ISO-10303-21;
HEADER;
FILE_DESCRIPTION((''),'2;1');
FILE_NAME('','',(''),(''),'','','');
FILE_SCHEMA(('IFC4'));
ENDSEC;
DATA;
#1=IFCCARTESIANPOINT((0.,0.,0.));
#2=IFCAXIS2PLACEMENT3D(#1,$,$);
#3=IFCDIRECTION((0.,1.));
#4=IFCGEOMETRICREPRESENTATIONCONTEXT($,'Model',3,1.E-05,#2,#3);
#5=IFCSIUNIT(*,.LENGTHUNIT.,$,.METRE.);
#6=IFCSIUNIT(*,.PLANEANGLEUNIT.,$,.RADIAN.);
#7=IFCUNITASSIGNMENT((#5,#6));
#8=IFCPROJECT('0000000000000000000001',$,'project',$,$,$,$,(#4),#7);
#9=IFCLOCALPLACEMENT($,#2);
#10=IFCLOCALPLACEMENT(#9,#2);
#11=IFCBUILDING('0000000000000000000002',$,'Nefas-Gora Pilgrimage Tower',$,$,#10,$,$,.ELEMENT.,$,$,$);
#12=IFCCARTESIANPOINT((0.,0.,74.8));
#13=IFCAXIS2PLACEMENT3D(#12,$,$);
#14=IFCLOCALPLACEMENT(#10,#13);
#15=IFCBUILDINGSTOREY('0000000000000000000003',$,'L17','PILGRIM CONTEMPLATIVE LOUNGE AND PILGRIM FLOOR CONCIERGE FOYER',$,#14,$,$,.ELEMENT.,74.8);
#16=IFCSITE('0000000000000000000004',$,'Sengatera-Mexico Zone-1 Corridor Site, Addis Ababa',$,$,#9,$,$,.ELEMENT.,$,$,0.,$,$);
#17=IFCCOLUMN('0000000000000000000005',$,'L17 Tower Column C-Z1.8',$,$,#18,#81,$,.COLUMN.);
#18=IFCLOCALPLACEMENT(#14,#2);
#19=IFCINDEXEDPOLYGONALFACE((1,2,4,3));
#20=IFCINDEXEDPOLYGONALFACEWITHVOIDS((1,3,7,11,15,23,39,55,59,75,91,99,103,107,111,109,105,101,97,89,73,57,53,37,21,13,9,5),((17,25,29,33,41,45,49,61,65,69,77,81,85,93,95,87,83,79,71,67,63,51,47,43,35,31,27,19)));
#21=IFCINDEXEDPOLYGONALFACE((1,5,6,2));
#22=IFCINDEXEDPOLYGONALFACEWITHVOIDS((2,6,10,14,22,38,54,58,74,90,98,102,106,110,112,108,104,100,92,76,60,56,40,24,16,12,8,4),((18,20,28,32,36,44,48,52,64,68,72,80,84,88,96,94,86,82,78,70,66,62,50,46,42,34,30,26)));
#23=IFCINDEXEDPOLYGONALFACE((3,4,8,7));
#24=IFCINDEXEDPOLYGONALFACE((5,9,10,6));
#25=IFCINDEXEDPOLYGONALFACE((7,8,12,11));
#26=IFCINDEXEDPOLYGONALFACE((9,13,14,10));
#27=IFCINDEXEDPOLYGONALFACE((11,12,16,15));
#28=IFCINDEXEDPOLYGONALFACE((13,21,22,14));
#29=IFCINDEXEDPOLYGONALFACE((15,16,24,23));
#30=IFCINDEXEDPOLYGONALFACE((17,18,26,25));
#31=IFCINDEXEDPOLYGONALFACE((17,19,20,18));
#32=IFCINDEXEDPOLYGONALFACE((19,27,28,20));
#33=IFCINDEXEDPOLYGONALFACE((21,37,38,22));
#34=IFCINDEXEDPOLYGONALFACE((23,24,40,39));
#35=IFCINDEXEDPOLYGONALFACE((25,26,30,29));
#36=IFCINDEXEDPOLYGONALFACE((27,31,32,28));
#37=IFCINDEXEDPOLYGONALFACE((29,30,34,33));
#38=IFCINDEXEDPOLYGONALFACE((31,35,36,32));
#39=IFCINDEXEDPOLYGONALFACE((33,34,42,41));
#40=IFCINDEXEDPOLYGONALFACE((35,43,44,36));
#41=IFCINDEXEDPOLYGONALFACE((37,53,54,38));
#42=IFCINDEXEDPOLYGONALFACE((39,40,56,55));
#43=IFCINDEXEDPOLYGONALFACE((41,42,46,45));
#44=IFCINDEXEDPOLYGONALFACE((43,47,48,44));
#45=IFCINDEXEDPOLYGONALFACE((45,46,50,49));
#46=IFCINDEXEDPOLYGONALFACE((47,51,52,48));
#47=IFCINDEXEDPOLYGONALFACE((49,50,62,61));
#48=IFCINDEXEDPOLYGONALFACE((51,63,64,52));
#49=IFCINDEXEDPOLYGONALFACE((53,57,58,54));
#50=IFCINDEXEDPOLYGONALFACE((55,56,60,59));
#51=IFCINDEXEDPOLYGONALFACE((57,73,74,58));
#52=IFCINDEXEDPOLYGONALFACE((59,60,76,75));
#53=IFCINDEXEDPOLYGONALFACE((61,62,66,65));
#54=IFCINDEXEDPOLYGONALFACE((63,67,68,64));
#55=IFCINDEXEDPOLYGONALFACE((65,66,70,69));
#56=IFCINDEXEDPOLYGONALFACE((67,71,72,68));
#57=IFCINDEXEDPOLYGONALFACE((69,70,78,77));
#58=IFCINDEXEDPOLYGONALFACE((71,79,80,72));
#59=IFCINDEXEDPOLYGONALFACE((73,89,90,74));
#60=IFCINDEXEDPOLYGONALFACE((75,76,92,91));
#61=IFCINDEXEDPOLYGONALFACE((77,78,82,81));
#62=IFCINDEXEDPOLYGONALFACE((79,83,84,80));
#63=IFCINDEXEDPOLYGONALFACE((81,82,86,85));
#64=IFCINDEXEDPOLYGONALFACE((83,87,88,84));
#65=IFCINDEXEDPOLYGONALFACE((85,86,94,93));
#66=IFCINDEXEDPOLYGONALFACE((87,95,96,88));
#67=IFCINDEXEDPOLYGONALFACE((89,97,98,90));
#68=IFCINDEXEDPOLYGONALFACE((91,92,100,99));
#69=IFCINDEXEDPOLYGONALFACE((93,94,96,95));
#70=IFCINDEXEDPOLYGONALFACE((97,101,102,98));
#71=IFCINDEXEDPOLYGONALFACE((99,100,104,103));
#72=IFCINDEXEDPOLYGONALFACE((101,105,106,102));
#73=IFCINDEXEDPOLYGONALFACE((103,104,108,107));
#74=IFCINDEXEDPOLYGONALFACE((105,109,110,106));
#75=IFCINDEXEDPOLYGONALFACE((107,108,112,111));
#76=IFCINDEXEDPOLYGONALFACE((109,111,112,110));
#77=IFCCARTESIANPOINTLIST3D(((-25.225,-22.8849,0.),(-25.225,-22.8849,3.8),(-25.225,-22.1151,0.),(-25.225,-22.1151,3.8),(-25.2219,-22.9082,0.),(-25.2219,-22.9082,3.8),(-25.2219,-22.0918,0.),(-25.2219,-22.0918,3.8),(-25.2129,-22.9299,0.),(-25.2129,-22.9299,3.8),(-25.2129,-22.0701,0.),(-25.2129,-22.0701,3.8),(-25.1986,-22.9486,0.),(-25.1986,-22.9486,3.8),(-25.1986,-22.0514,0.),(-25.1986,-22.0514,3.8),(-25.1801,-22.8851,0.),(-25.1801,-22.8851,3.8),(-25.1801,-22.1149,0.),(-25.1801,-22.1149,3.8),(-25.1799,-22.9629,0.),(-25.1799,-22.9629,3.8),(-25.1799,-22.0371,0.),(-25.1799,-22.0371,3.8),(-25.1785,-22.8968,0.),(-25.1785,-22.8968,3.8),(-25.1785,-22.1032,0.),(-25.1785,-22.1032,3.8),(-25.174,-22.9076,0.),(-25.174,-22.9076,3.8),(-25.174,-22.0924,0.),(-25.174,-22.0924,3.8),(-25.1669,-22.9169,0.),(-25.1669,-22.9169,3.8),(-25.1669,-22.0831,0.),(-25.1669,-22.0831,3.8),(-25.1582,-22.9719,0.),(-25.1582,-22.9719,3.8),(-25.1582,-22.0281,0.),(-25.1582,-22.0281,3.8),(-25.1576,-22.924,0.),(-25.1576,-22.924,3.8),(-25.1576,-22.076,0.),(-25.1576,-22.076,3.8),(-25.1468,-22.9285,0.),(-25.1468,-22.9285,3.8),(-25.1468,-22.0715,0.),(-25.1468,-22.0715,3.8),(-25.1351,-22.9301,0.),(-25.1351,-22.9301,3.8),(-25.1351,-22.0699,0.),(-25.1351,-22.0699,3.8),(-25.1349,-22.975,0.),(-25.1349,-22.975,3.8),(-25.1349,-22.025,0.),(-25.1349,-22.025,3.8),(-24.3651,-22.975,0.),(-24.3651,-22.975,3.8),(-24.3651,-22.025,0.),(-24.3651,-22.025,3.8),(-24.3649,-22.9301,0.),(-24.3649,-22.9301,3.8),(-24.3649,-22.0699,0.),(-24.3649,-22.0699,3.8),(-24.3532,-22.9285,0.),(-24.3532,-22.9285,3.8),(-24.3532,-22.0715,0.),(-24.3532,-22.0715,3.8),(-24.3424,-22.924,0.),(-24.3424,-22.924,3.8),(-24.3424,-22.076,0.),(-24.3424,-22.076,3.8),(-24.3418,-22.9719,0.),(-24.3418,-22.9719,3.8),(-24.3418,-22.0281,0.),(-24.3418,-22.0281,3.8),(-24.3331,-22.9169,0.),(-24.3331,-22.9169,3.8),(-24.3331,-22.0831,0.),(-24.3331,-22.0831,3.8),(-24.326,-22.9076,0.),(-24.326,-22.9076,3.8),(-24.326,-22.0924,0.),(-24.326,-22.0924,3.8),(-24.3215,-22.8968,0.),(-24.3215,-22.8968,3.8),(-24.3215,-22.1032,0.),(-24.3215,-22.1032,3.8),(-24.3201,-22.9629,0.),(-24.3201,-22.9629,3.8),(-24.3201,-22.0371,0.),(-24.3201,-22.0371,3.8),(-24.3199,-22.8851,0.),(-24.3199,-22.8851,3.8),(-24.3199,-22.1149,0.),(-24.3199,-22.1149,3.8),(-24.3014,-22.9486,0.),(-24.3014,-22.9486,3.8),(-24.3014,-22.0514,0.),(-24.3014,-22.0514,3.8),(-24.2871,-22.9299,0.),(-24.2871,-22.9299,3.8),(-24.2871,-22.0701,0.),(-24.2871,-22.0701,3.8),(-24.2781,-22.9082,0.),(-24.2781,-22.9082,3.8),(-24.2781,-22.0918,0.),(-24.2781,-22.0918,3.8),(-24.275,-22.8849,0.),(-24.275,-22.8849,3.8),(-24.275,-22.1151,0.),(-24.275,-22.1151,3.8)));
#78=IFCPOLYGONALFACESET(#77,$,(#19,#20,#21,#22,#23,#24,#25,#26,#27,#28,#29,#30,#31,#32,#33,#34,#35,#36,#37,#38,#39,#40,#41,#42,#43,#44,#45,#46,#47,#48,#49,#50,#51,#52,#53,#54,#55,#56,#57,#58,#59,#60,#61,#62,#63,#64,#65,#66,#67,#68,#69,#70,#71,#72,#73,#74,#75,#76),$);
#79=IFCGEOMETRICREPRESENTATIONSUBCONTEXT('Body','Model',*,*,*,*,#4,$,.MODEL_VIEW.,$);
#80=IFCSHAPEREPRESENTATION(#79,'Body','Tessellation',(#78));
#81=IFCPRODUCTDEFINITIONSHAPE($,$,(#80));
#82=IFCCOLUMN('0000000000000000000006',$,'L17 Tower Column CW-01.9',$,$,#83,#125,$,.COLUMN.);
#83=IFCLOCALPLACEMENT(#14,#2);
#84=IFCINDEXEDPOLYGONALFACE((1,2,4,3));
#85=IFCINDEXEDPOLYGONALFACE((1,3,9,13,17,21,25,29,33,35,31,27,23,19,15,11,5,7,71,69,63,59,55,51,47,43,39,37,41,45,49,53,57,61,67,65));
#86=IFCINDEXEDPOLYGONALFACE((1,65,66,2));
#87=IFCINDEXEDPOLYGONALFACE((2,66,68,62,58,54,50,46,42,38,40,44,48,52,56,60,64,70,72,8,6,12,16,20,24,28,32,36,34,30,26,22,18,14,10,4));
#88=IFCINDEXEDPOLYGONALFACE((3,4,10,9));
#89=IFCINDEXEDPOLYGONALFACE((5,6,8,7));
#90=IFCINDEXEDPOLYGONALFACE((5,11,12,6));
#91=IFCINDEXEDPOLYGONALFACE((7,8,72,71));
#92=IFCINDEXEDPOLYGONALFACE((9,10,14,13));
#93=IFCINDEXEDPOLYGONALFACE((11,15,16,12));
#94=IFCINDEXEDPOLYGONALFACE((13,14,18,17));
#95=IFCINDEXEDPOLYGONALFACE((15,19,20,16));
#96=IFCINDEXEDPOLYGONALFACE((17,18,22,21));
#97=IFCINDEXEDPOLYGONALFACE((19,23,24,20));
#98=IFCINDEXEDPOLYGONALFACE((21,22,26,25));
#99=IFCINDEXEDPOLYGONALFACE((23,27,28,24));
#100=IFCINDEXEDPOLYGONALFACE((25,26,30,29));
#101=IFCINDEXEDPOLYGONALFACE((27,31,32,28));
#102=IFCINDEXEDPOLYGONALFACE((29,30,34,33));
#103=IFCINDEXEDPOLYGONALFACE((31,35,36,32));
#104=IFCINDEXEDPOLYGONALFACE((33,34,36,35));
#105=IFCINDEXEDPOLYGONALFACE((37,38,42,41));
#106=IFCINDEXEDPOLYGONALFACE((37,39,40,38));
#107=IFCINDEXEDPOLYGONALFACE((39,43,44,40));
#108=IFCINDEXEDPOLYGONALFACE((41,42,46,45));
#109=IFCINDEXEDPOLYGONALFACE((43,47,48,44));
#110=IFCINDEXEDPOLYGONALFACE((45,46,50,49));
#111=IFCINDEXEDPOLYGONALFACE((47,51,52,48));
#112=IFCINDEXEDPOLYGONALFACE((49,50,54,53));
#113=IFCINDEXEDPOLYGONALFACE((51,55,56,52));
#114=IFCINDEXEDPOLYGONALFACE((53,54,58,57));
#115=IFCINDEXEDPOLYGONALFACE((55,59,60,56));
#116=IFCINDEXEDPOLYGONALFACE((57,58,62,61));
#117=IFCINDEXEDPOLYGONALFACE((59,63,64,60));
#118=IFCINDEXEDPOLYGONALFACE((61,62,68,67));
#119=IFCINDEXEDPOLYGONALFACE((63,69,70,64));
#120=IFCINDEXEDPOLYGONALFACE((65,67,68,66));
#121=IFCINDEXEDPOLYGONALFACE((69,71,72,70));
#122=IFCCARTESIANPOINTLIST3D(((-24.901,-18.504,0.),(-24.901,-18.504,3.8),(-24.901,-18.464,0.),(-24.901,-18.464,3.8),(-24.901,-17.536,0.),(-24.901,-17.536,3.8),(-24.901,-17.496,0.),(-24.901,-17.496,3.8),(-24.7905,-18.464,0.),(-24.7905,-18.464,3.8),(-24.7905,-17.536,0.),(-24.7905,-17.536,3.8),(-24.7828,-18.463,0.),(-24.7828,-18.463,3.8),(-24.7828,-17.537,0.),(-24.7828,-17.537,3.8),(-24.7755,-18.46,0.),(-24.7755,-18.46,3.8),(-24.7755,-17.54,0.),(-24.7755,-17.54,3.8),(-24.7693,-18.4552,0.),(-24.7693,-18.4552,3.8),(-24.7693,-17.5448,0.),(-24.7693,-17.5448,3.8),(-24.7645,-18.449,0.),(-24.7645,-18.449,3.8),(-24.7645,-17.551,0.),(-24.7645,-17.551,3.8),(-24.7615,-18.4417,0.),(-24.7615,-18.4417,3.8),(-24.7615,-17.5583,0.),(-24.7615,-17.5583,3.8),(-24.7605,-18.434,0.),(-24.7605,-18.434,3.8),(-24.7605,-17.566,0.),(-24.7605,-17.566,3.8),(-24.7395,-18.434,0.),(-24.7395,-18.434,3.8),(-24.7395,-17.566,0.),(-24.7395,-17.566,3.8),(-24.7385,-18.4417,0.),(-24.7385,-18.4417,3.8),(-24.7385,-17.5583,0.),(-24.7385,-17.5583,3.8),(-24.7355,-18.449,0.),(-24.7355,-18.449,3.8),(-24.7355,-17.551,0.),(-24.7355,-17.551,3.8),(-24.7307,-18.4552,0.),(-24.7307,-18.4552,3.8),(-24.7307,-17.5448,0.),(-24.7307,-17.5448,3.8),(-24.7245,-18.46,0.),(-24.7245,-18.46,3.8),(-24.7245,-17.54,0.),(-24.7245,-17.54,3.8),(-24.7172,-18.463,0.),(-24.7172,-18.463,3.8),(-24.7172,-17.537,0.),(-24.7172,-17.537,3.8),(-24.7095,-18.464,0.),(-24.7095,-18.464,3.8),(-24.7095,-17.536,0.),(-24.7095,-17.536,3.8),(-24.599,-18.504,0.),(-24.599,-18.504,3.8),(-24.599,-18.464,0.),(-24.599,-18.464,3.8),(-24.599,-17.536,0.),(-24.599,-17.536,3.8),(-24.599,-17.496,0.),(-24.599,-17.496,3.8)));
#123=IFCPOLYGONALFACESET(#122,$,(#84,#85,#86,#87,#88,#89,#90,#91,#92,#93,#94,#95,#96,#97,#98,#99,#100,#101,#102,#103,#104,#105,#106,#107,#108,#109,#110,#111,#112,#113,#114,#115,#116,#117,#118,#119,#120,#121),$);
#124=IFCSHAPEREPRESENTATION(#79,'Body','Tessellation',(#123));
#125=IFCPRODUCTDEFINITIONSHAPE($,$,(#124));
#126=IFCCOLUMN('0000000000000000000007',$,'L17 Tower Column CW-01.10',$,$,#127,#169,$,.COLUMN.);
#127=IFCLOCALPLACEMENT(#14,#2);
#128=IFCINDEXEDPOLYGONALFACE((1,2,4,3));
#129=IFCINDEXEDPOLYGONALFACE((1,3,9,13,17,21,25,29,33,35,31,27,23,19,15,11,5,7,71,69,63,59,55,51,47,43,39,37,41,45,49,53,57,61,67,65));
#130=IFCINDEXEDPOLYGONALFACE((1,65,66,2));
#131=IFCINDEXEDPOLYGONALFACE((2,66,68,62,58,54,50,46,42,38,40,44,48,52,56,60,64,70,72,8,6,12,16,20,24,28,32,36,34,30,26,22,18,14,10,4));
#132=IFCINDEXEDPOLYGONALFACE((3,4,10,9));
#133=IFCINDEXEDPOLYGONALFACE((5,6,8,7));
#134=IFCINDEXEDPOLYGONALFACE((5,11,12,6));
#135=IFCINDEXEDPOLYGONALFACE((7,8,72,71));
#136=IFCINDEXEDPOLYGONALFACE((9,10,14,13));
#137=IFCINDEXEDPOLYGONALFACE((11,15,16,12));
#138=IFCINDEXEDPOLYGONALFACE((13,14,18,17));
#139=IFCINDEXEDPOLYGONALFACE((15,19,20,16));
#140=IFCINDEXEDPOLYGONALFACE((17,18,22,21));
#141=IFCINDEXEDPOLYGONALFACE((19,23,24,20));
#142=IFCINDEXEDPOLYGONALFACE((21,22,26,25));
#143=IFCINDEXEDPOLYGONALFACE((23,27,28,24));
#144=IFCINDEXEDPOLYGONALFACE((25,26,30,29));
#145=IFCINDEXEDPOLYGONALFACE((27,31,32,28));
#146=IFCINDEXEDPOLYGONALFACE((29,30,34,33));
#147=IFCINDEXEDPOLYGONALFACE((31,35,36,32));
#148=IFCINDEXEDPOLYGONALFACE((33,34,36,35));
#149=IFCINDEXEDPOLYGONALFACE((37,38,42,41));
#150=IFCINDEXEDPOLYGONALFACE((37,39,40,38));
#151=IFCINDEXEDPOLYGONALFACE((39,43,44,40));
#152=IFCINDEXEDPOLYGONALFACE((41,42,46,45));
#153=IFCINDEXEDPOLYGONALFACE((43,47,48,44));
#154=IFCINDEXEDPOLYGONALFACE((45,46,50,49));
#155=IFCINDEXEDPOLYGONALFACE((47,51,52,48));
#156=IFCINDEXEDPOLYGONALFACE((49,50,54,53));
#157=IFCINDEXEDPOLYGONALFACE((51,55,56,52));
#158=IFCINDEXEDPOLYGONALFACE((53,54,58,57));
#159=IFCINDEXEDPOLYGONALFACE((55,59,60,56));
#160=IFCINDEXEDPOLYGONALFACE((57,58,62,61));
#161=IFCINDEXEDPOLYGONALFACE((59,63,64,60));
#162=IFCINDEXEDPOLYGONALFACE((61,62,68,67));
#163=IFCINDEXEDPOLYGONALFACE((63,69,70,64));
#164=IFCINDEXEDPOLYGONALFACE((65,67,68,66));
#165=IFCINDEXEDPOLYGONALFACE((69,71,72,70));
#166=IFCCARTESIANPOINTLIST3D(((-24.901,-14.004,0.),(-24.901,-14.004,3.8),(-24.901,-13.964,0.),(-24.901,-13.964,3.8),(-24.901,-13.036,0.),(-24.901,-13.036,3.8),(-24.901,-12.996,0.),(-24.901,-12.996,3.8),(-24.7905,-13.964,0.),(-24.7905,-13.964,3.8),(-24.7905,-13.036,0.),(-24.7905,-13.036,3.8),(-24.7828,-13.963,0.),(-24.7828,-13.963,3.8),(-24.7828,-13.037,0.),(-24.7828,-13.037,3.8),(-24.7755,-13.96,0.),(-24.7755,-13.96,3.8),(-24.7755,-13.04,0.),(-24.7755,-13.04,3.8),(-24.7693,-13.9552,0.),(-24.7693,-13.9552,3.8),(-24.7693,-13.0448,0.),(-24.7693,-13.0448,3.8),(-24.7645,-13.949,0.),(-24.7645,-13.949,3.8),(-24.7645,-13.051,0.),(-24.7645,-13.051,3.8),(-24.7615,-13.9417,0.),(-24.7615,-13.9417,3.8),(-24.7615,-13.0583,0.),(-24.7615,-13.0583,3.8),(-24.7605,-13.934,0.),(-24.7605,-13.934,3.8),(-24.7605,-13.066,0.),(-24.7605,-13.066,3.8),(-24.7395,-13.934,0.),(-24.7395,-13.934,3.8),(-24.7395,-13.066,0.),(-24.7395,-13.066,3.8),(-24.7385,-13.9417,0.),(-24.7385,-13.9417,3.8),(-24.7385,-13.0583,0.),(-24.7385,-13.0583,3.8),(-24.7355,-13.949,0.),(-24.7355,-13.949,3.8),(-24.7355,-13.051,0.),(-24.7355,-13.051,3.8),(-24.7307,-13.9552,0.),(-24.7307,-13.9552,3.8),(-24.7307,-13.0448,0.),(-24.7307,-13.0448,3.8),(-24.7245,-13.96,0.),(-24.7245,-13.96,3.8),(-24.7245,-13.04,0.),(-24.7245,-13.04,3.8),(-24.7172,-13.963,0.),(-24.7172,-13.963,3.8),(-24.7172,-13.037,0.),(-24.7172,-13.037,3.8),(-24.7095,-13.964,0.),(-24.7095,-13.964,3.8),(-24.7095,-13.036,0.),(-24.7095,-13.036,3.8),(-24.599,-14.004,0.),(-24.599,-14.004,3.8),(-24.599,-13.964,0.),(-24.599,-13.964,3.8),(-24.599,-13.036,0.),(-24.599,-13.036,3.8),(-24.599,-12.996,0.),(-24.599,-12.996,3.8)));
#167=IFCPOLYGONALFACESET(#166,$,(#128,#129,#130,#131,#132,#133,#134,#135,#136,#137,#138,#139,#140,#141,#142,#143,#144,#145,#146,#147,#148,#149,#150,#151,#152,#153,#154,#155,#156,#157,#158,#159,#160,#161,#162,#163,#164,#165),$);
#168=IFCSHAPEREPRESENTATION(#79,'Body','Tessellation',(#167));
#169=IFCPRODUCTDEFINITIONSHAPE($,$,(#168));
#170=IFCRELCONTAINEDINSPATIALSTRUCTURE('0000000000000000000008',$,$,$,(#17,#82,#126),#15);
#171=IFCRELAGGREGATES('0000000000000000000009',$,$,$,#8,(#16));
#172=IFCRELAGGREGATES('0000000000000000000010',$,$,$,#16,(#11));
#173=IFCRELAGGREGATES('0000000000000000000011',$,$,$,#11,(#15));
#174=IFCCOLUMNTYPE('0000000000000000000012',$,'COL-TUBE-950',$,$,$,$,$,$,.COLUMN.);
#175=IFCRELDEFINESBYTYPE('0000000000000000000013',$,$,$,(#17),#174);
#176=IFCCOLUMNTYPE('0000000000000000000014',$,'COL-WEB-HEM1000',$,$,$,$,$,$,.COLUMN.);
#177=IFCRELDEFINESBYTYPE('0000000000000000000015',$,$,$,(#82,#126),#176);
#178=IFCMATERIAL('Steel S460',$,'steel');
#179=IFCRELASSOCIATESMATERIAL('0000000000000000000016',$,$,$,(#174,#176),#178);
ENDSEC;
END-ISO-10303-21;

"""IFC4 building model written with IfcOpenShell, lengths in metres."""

from ifc_helpers import new_model, si_unit, direction, frame, origin, origin_2d, place, context, subcontext, project, spatial, hollow_rectangle, i_section, extrude, source, transform, mapped, material, material_profile, profile_set, type_object, element, save


model = new_model("IFC4")

# Units and contexts
model_context = context("Model", 3, precision=1e-05, world=origin(), true_north=direction((0.0, 1.0)))
body_context = subcontext(model_context, "Body", "Model", "MODEL_VIEW")
ifc_project = project(units=[si_unit("LENGTHUNIT", "METRE"), si_unit("PLANEANGLEUNIT", "RADIAN")], contexts=[model_context])

# Site, building, storey
site_placement = place(None, origin())
site = spatial("IfcSite", under=ifc_project, at=site_placement, Name="Sengatera-Mexico Zone-1 Corridor Site, Addis Ababa", CompositionType="ELEMENT", RefElevation=0.0)
building_placement = place(site_placement, origin())
building = spatial("IfcBuilding", under=site, at=building_placement, Name="Nefas-Gora Pilgrimage Tower", CompositionType="ELEMENT")
storey_placement = place(building_placement, frame((0.0, 0.0, 74.8)))
storey = spatial("IfcBuildingStorey", under=building, at=storey_placement, Name="L17", Description="PILGRIM CONTEMPLATIVE LOUNGE AND PILGRIM FLOOR CONCIERGE FOYER", CompositionType="ELEMENT", Elevation=74.8)

# Columns
ifc_material_1 = material(Name="Steel S460", Category="steel")
ifc_material_profile_1 = material_profile(ifc_material_1, hollow_rectangle(XDim=0.95, YDim=0.95, WallThickness=0.0449, InnerFilletRadius=0.0449, OuterFilletRadius=0.0901, at=origin_2d()), Name="BOX 950x950x45")
ifc_profile_set_1 = profile_set([ifc_material_profile_1], Name="Steel S460")
column_type_1 = type_object("IfcColumnType", Name="COL-TUBE-950", PredefinedType="COLUMN", material=ifc_profile_set_1)
shared_shape_1 = source(origin(), body_context, "Body", "SweptSolid", [
    extrude(hollow_rectangle(XDim=0.95, YDim=0.95, WallThickness=0.0449, InnerFilletRadius=0.0449, OuterFilletRadius=0.0901, at=origin_2d()), origin(), (0.0, 0.0, 1.0), 3.8),
])
for number, where, z_axis, x_axis, name in (
    (1, (-24.75, -22.5, 0.0), (0.0, 0.0, 1.0), (1.0, 0.0, 0.0), "L17 Tower Column C-Z1.8"),
):
    element("IfcColumn", number, at=place(storey_placement, frame(where, z_axis=z_axis, x_axis=x_axis)), inside=storey, type_object=column_type_1, Name=name, PredefinedType="COLUMN", context=body_context, shape_type="MappedRepresentation", body=[
        mapped(shared_shape_1, transform((0.0, 0.0, 0.0), x_axis=(1.0, 0.0, 0.0), y_axis=(0.0, 1.0, 0.0), z_axis=(0.0, 0.0, 1.0), scale=1.0)),
    ])
ifc_material_profile_2 = material_profile(ifc_material_1, i_section(OverallWidth=0.302, OverallDepth=1.0081, WebThickness=0.021, FlangeThickness=0.04, FilletRadius=0.03, at=origin_2d()), Name="HEM 1000")
ifc_profile_set_2 = profile_set([ifc_material_profile_2], Name="Steel S460")
column_type_2 = type_object("IfcColumnType", Name="COL-WEB-HEM1000", PredefinedType="COLUMN", material=ifc_profile_set_2)
shared_shape_2 = source(origin(), body_context, "Body", "SweptSolid", [
    extrude(i_section(OverallWidth=0.302, OverallDepth=1.0081, WebThickness=0.021, FlangeThickness=0.04, FilletRadius=0.03, at=origin_2d()), origin(), (0.0, 0.0, 1.0), 3.8),
])
for number, where, z_axis, x_axis, name in (
    (2, (-24.75, -18.0, 0.0), (0.0, 0.0, 1.0), (1.0, 0.0, 0.0), "L17 Tower Column CW-01.9"),
    (3, (-24.75, -13.5, 0.0), (0.0, 0.0, 1.0), (1.0, 0.0, 0.0), "L17 Tower Column CW-01.10"),
):
    element("IfcColumn", number, at=place(storey_placement, frame(where, z_axis=z_axis, x_axis=x_axis)), inside=storey, type_object=column_type_2, Name=name, PredefinedType="COLUMN", context=body_context, shape_type="MappedRepresentation", body=[
        mapped(shared_shape_2, transform((0.0, 0.0, 0.0), x_axis=(1.0, 0.0, 0.0), y_axis=(0.0, 1.0, 0.0), z_axis=(0.0, 0.0, 1.0), scale=1.0)),
    ])

save(model, "model.ifc")
